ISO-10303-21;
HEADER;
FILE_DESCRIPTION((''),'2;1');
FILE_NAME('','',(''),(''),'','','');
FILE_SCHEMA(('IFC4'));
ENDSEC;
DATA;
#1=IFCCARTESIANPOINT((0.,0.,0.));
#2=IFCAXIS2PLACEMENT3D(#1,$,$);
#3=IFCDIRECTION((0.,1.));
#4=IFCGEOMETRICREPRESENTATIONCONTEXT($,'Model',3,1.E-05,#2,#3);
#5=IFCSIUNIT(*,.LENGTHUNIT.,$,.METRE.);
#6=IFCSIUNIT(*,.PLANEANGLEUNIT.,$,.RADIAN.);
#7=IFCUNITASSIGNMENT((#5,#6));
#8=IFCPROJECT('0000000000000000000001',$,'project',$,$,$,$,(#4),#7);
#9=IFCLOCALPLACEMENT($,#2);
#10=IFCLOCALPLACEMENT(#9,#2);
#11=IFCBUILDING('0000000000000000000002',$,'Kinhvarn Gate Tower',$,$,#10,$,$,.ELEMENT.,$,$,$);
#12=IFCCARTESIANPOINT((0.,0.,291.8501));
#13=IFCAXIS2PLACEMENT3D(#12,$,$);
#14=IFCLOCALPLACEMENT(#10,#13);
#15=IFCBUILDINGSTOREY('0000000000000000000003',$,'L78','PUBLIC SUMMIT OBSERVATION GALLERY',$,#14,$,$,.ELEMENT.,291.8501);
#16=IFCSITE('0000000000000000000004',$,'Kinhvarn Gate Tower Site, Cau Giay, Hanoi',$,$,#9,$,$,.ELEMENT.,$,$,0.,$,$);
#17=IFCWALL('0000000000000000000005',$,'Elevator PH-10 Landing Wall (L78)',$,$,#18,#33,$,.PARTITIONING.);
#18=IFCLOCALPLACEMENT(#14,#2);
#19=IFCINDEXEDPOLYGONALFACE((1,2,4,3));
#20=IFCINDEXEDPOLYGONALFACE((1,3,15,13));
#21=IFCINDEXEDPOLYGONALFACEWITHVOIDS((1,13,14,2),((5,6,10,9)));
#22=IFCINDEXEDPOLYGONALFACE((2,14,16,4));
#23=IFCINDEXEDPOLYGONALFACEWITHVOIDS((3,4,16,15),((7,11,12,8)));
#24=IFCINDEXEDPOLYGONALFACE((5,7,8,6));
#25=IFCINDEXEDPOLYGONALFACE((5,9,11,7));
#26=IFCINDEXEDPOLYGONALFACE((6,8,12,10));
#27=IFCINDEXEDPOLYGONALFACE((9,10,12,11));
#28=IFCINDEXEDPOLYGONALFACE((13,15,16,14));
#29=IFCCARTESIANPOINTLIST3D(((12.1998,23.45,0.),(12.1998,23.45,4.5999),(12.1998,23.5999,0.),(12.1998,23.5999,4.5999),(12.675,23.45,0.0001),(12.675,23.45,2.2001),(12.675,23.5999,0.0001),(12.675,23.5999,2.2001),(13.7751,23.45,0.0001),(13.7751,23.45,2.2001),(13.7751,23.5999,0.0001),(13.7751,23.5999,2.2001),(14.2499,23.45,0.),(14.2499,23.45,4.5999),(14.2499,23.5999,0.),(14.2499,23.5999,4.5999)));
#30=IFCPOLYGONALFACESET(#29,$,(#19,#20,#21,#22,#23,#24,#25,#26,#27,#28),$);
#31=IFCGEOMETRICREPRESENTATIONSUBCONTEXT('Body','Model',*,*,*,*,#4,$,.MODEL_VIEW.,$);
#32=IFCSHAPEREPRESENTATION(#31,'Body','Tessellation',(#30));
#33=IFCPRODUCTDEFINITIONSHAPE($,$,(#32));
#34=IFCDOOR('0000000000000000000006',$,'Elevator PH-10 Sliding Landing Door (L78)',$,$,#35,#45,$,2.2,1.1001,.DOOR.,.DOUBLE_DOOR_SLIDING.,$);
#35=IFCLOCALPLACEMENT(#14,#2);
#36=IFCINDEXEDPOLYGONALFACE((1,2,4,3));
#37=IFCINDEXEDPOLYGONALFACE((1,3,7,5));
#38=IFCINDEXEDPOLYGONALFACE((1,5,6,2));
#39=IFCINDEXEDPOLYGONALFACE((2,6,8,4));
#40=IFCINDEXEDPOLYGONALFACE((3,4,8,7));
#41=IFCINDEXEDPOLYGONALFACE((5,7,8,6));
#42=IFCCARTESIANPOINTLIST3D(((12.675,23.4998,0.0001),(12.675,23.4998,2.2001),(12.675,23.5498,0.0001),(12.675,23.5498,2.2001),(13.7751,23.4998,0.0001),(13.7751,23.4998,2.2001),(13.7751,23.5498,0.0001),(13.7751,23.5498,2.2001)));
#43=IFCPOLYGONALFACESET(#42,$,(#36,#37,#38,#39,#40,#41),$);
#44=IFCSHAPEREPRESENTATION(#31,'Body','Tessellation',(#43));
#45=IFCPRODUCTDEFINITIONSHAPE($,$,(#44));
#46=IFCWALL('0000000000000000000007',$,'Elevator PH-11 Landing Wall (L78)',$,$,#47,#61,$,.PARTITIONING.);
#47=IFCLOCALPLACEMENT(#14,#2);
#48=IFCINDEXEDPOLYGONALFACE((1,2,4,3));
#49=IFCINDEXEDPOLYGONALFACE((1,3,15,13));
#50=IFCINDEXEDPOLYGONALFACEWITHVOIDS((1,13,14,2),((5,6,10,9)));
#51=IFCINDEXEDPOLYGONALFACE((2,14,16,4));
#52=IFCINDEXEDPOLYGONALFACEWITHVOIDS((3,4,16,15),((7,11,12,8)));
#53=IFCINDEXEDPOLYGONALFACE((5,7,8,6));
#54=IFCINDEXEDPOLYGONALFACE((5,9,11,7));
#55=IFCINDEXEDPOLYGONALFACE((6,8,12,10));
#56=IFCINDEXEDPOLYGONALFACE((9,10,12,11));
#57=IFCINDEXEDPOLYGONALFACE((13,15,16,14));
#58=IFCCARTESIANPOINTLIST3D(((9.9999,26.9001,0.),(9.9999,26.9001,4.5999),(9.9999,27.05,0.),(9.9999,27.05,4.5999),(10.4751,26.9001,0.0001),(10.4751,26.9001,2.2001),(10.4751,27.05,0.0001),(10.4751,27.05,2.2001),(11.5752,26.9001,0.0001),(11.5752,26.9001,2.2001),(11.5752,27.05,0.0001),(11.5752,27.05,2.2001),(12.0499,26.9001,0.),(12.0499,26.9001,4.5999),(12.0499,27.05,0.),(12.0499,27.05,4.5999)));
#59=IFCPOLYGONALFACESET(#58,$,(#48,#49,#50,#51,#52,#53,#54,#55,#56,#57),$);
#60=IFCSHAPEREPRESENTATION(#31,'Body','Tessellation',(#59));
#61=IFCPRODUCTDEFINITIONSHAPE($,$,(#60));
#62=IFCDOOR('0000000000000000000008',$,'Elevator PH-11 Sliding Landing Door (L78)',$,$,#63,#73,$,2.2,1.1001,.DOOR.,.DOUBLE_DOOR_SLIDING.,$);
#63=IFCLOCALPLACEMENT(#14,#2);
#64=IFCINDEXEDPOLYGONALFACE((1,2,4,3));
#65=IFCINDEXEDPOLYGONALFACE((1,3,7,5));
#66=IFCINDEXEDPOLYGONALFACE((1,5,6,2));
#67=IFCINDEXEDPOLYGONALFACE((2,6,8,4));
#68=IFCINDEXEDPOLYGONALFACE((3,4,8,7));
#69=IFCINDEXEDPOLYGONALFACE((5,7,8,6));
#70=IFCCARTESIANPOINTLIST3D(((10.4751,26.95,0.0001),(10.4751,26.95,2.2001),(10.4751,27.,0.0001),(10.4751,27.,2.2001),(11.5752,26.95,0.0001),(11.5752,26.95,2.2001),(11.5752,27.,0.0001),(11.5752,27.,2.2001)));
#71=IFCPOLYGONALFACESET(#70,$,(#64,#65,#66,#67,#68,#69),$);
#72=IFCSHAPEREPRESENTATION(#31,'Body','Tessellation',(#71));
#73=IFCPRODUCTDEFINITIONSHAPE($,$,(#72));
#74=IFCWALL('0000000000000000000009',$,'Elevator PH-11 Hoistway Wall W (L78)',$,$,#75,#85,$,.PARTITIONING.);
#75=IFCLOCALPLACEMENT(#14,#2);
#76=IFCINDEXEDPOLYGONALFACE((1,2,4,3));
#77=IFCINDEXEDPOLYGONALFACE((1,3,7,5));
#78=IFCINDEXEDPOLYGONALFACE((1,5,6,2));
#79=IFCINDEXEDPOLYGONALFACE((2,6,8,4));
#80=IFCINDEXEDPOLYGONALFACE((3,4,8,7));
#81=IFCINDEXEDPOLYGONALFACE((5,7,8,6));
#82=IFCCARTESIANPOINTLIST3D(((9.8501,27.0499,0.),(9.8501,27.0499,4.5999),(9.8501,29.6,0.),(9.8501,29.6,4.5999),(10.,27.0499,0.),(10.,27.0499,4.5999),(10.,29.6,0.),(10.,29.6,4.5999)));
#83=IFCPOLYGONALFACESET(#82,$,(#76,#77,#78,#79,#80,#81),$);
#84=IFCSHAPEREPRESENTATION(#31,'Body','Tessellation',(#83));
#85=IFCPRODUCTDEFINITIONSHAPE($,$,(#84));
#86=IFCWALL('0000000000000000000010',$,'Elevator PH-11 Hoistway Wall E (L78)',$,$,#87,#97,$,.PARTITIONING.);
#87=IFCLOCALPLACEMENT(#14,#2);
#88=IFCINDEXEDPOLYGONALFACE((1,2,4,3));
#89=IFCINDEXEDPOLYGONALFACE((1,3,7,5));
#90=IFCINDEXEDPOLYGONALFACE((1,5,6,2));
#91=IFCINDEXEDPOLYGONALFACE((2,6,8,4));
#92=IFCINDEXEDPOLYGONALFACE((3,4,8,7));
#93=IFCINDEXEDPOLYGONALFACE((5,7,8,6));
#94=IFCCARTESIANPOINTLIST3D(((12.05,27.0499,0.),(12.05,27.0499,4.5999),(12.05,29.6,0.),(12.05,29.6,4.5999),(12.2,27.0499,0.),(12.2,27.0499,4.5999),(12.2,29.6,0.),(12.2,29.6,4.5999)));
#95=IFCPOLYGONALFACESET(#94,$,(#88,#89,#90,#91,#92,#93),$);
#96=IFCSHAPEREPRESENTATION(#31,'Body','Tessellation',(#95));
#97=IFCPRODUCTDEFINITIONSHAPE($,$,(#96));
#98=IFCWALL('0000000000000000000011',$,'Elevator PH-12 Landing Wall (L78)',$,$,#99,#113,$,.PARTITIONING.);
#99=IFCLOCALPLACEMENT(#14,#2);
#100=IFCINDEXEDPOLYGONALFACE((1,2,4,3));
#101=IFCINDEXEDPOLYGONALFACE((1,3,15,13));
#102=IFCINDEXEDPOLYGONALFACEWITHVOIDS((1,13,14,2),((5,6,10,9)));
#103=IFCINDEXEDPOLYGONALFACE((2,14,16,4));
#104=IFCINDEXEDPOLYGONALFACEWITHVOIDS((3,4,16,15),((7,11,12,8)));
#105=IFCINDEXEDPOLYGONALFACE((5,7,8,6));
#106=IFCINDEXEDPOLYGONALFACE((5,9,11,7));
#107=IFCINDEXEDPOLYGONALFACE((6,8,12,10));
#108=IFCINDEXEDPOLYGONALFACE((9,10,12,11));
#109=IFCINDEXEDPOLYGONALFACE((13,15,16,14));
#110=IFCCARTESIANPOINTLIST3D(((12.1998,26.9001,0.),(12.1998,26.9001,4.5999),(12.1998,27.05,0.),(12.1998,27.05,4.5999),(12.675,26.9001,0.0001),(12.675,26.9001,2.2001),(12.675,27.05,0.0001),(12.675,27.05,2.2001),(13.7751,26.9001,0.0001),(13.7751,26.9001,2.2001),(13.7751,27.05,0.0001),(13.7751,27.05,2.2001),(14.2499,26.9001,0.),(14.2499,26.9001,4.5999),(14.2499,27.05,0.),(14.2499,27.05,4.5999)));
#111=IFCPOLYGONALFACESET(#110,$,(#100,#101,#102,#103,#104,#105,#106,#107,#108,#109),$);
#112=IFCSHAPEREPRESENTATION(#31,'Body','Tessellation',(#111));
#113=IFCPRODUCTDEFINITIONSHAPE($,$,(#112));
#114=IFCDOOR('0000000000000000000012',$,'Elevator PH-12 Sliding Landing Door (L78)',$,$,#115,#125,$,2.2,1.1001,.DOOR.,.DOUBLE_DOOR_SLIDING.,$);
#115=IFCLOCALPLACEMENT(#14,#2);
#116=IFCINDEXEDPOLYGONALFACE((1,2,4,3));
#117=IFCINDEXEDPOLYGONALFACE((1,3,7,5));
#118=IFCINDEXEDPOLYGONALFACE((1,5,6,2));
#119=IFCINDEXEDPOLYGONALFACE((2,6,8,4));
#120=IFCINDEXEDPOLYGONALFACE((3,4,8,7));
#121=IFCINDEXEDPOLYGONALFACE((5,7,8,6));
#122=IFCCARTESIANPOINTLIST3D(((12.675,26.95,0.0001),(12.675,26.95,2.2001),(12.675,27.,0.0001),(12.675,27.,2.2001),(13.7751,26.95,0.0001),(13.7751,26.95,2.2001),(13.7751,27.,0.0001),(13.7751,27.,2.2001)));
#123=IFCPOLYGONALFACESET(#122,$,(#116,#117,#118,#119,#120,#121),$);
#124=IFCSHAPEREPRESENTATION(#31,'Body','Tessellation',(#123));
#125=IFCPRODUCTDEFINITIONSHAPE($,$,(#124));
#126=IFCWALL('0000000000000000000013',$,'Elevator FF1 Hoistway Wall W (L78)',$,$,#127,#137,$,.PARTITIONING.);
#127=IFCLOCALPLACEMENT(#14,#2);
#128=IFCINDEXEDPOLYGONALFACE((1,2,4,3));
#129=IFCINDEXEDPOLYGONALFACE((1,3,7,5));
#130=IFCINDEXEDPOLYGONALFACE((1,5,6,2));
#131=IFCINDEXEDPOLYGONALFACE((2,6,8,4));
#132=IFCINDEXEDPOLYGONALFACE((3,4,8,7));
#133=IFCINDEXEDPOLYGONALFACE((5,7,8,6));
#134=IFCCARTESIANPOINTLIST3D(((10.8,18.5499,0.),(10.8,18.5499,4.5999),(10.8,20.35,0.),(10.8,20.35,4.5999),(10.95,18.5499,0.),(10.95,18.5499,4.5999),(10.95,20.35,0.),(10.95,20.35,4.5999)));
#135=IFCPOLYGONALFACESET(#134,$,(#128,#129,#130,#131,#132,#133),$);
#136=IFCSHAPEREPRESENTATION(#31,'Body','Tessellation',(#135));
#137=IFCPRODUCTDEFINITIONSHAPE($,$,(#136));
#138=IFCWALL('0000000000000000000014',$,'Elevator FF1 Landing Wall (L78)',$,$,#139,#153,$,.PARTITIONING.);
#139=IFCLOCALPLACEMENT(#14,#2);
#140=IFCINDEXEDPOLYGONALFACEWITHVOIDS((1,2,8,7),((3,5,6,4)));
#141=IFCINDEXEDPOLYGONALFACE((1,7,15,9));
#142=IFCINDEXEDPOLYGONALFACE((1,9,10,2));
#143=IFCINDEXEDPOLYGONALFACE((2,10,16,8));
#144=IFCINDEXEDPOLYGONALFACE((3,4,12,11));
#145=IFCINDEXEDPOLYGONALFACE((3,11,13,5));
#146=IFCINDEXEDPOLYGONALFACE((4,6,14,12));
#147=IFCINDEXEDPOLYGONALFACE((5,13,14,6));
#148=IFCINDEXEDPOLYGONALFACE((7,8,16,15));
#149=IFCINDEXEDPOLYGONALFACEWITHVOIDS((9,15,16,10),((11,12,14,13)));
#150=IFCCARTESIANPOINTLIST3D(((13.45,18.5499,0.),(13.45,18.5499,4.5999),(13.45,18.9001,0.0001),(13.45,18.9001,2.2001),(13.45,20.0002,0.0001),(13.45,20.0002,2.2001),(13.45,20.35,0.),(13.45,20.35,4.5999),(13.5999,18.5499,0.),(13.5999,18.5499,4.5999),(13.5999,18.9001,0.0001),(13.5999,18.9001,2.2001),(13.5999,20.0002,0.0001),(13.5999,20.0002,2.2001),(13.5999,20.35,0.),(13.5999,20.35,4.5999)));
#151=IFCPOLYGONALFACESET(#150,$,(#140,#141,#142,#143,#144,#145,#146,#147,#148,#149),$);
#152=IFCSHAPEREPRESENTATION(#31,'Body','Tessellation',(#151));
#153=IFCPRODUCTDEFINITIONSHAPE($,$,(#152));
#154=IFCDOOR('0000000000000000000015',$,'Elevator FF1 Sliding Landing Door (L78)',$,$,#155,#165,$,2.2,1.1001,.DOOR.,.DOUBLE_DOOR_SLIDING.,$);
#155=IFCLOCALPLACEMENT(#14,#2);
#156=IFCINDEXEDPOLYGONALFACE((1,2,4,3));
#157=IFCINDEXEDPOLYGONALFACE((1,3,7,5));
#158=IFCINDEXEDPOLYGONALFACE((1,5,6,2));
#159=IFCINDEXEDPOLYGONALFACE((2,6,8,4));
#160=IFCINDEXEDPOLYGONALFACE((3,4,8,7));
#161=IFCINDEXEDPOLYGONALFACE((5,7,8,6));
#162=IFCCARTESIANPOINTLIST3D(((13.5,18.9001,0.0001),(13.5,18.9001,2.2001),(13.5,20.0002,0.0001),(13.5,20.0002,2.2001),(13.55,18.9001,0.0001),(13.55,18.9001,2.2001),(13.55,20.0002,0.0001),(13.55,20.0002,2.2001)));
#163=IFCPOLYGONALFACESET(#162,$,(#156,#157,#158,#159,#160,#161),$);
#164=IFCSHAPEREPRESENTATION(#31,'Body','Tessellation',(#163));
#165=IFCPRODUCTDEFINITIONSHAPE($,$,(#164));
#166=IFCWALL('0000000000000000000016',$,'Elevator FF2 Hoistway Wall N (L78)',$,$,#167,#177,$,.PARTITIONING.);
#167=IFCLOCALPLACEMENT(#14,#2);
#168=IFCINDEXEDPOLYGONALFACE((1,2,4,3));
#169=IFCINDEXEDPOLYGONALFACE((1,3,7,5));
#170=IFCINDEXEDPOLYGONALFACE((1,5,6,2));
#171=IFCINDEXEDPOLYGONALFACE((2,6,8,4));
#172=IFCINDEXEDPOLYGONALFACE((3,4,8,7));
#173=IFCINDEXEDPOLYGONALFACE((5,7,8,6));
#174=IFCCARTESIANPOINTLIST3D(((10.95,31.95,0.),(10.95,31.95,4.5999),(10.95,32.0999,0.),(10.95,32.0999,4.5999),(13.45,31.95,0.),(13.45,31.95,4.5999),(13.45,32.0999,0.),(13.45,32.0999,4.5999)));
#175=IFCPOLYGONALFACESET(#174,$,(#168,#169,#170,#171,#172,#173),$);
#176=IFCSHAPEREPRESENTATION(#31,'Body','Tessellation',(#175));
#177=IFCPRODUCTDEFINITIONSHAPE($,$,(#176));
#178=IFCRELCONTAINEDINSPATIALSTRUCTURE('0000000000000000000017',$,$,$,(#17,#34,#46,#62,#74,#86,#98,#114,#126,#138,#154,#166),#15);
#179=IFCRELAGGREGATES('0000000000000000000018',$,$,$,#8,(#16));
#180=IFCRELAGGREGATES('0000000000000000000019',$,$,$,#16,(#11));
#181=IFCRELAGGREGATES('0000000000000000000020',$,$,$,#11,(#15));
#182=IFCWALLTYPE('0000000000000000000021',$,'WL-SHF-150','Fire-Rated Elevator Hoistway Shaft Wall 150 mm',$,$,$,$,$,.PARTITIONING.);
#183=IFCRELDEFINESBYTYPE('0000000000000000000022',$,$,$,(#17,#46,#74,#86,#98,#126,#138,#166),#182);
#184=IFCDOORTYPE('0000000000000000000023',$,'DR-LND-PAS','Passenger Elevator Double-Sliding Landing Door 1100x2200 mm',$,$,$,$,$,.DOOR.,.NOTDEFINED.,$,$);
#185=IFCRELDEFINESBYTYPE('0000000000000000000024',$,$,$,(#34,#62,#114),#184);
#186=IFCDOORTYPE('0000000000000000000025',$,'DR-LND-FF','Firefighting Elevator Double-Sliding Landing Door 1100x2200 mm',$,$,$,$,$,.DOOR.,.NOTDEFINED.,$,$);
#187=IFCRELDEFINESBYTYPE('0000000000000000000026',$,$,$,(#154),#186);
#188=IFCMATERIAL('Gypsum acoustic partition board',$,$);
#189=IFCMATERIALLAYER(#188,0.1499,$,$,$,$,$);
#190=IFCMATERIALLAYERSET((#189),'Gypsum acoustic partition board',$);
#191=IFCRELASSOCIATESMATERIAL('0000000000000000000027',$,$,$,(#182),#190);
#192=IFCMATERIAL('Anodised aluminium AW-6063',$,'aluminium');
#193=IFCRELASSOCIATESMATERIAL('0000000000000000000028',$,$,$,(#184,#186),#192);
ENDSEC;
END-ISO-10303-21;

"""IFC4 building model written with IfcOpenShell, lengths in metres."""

from ifc_helpers import new_model, si_unit, direction, frame, frame_2d, origin, place, context, subcontext, project, spatial, rectangle, extrude, material, layer, layer_set, type_object, element, fill, save


model = new_model("IFC4")

# Units and contexts
model_context = context("Model", 3, precision=1e-05, world=origin(), true_north=direction((0.0, 1.0)))
body_context = subcontext(model_context, "Body", "Model", "MODEL_VIEW")
ifc_project = project(units=[si_unit("LENGTHUNIT", "METRE"), si_unit("PLANEANGLEUNIT", "RADIAN")], contexts=[model_context])

# Site, building, storey
site_placement = place(None, origin())
site = spatial("IfcSite", under=ifc_project, at=site_placement, Name="Kinhvarn Gate Tower Site, Cau Giay, Hanoi", CompositionType="ELEMENT", RefElevation=0.0)
building_placement = place(site_placement, origin())
building = spatial("IfcBuilding", under=site, at=building_placement, Name="Kinhvarn Gate Tower", CompositionType="ELEMENT")
storey_placement = place(building_placement, frame((0.0, 0.0, 291.8501)))
storey = spatial("IfcBuildingStorey", under=building, at=storey_placement, Name="L78", Description="PUBLIC SUMMIT OBSERVATION GALLERY", CompositionType="ELEMENT", Elevation=291.8501)

# Shared definitions
ifc_material_1 = material(Name="Gypsum acoustic partition board")

# Shared definitions
ifc_material_2 = material(Name="Anodised aluminium AW-6063", Category="aluminium")

# Shared definitions
ifc_layer_1 = layer(ifc_material_1, 0.1499)
ifc_layer_set_1 = layer_set([ifc_layer_1], Name="Gypsum acoustic partition board")
wall_type_1 = type_object("IfcWallType", Name="WL-SHF-150", Description="Fire-Rated Elevator Hoistway Shaft Wall 150 mm", PredefinedType="PARTITIONING", material=ifc_layer_set_1)
door_type_1 = type_object("IfcDoorType", Name="DR-LND-PAS", Description="Passenger Elevator Double-Sliding Landing Door 1100x2200 mm", OperationType="NOTDEFINED", PredefinedType="DOOR", material=ifc_material_2)

# Walls, openings, doors
wall_1_placement = place(storey_placement, frame((12.2, 23.5249, 0.0), z_axis=(0.0, 0.0, 1.0), x_axis=(1.0, 0.0, 0.0)))
wall_1 = element("IfcWall", 1, at=wall_1_placement, inside=storey, type_object=wall_type_1, Name="Elevator PH-10 Landing Wall (L78)", PredefinedType="PARTITIONING", context=body_context, shape_type="SweptSolid", body=[
    extrude(rectangle(XDim=2.05, YDim=0.1499, at=frame_2d((1.0249, 0.0))), origin(), (0.0, 0.0, 1.0), 4.5999),
])
opening_1_placement = place(wall_1_placement, frame((0.4751, 0.0, 0.0)))
opening_1 = element("IfcOpeningElement", 2, at=opening_1_placement, cuts=wall_1, PredefinedType="OPENING", context=body_context, shape_type="SweptSolid", body=[
    extrude(rectangle(XDim=1.1001, YDim=2.2, at=frame_2d((0.55, 1.1001))), frame((0.0, 0.085, 0.0), z_axis=(0.0, -1.0, 0.0), x_axis=(1.0, 0.0, 0.0)), (0.0, 0.0, 1.0), 0.1699),
])
door_1_placement = place(opening_1_placement, origin())
door_1 = element("IfcDoor", 3, at=door_1_placement, inside=storey, type_object=door_type_1, Name="Elevator PH-10 Sliding Landing Door (L78)", OperationType="DOUBLE_DOOR_SLIDING", OverallHeight=2.2, OverallWidth=1.1001, PredefinedType="DOOR", context=body_context, shape_type="SweptSolid", body=[
    extrude(rectangle(XDim=1.1001, YDim=2.2, at=frame_2d((0.55, 1.1001))), frame((0.0, 0.0249, 0.0), z_axis=(0.0, -1.0, 0.0), x_axis=(1.0, 0.0, 0.0)), (0.0, 0.0, 1.0), 0.05),
])
fill(opening_1, door_1)
wall_2_placement = place(storey_placement, frame((10.0, 26.9751, 0.0), z_axis=(0.0, 0.0, 1.0), x_axis=(1.0, 0.0, 0.0)))
wall_2 = element("IfcWall", 4, at=wall_2_placement, inside=storey, type_object=wall_type_1, Name="Elevator PH-11 Landing Wall (L78)", PredefinedType="PARTITIONING", context=body_context, shape_type="SweptSolid", body=[
    extrude(rectangle(XDim=2.05, YDim=0.1499, at=frame_2d((1.0249, 0.0))), origin(), (0.0, 0.0, 1.0), 4.5999),
])
opening_2_placement = place(wall_2_placement, frame((0.4751, 0.0, 0.0)))
opening_2 = element("IfcOpeningElement", 5, at=opening_2_placement, cuts=wall_2, PredefinedType="OPENING", context=body_context, shape_type="SweptSolid", body=[
    extrude(rectangle(XDim=1.1001, YDim=2.2, at=frame_2d((0.55, 1.1001))), frame((0.0, 0.085, 0.0), z_axis=(0.0, -1.0, 0.0), x_axis=(1.0, 0.0, 0.0)), (0.0, 0.0, 1.0), 0.1699),
])
door_2_placement = place(opening_2_placement, origin())
door_2 = element("IfcDoor", 6, at=door_2_placement, inside=storey, type_object=door_type_1, Name="Elevator PH-11 Sliding Landing Door (L78)", OperationType="DOUBLE_DOOR_SLIDING", OverallHeight=2.2, OverallWidth=1.1001, PredefinedType="DOOR", context=body_context, shape_type="SweptSolid", body=[
    extrude(rectangle(XDim=1.1001, YDim=2.2, at=frame_2d((0.55, 1.1001))), frame((0.0, 0.0249, 0.0), z_axis=(0.0, -1.0, 0.0), x_axis=(1.0, 0.0, 0.0)), (0.0, 0.0, 1.0), 0.05),
])
fill(opening_2, door_2)

# Walls
for number, where, z_axis, x_axis, name in (
    (7, (9.925, 27.05, 0.0), (0.0, 0.0, 1.0), (0.0, 1.0, 0.0), "Elevator PH-11 Hoistway Wall W (L78)"),
    (8, (12.125, 27.05, 0.0), (0.0, 0.0, 1.0), (0.0, 1.0, 0.0), "Elevator PH-11 Hoistway Wall E (L78)"),
):
    element("IfcWall", number, at=place(storey_placement, frame(where, z_axis=z_axis, x_axis=x_axis)), inside=storey, type_object=wall_type_1, Name=name, PredefinedType="PARTITIONING", context=body_context, shape_type="SweptSolid", body=[
        extrude(rectangle(XDim=2.55, YDim=0.1499, at=frame_2d((1.2749, 0.0))), origin(), (0.0, 0.0, 1.0), 4.5999),
    ])

# Wall, opening, door
wall_3_placement = place(storey_placement, frame((12.2, 26.9751, 0.0), z_axis=(0.0, 0.0, 1.0), x_axis=(1.0, 0.0, 0.0)))
wall_3 = element("IfcWall", 9, at=wall_3_placement, inside=storey, type_object=wall_type_1, Name="Elevator PH-12 Landing Wall (L78)", PredefinedType="PARTITIONING", context=body_context, shape_type="SweptSolid", body=[
    extrude(rectangle(XDim=2.05, YDim=0.1499, at=frame_2d((1.0249, 0.0))), origin(), (0.0, 0.0, 1.0), 4.5999),
])
opening_3_placement = place(wall_3_placement, frame((0.4751, 0.0, 0.0)))
opening_3 = element("IfcOpeningElement", 10, at=opening_3_placement, cuts=wall_3, PredefinedType="OPENING", context=body_context, shape_type="SweptSolid", body=[
    extrude(rectangle(XDim=1.1001, YDim=2.2, at=frame_2d((0.55, 1.1001))), frame((0.0, 0.085, 0.0), z_axis=(0.0, -1.0, 0.0), x_axis=(1.0, 0.0, 0.0)), (0.0, 0.0, 1.0), 0.1699),
])
door_3_placement = place(opening_3_placement, origin())
door_3 = element("IfcDoor", 11, at=door_3_placement, inside=storey, type_object=door_type_1, Name="Elevator PH-12 Sliding Landing Door (L78)", OperationType="DOUBLE_DOOR_SLIDING", OverallHeight=2.2, OverallWidth=1.1001, PredefinedType="DOOR", context=body_context, shape_type="SweptSolid", body=[
    extrude(rectangle(XDim=1.1001, YDim=2.2, at=frame_2d((0.55, 1.1001))), frame((0.0, 0.0249, 0.0), z_axis=(0.0, -1.0, 0.0), x_axis=(1.0, 0.0, 0.0)), (0.0, 0.0, 1.0), 0.05),
])
fill(opening_3, door_3)

# Wall
wall_4_placement = place(storey_placement, frame((10.875, 18.55, 0.0), z_axis=(0.0, 0.0, 1.0), x_axis=(0.0, 1.0, 0.0)))
element("IfcWall", 12, at=wall_4_placement, inside=storey, type_object=wall_type_1, Name="Elevator FF1 Hoistway Wall W (L78)", PredefinedType="PARTITIONING", context=body_context, shape_type="SweptSolid", body=[
    extrude(rectangle(XDim=1.8, YDim=0.1499, at=frame_2d((0.8999, 0.0))), origin(), (0.0, 0.0, 1.0), 4.5999),
])

# Wall, opening, door
wall_5_placement = place(storey_placement, frame((13.5249, 18.55, 0.0), z_axis=(0.0, 0.0, 1.0), x_axis=(0.0, 1.0, 0.0)))
wall_5 = element("IfcWall", 13, at=wall_5_placement, inside=storey, type_object=wall_type_1, Name="Elevator FF1 Landing Wall (L78)", PredefinedType="PARTITIONING", context=body_context, shape_type="SweptSolid", body=[
    extrude(rectangle(XDim=1.8, YDim=0.1499, at=frame_2d((0.8999, 0.0))), origin(), (0.0, 0.0, 1.0), 4.5999),
])
opening_4_placement = place(wall_5_placement, frame((0.3501, 0.0, 0.0)))
opening_4 = element("IfcOpeningElement", 14, at=opening_4_placement, cuts=wall_5, PredefinedType="OPENING", context=body_context, shape_type="SweptSolid", body=[
    extrude(rectangle(XDim=1.1001, YDim=2.2, at=frame_2d((0.55, 1.1001))), frame((0.0, 0.085, 0.0), z_axis=(0.0, -1.0, 0.0), x_axis=(1.0, 0.0, 0.0)), (0.0, 0.0, 1.0), 0.1699),
])
door_type_2 = type_object("IfcDoorType", Name="DR-LND-FF", Description="Firefighting Elevator Double-Sliding Landing Door 1100x2200 mm", OperationType="NOTDEFINED", PredefinedType="DOOR", material=ifc_material_2)
door_4_placement = place(opening_4_placement, origin())
door_4 = element("IfcDoor", 15, at=door_4_placement, inside=storey, type_object=door_type_2, Name="Elevator FF1 Sliding Landing Door (L78)", OperationType="DOUBLE_DOOR_SLIDING", OverallHeight=2.2, OverallWidth=1.1001, PredefinedType="DOOR", context=body_context, shape_type="SweptSolid", body=[
    extrude(rectangle(XDim=1.1001, YDim=2.2, at=frame_2d((0.55, 1.1001))), frame((0.0, 0.0249, 0.0), z_axis=(0.0, -1.0, 0.0), x_axis=(1.0, 0.0, 0.0)), (0.0, 0.0, 1.0), 0.05),
])
fill(opening_4, door_4)

# Wall
wall_6_placement = place(storey_placement, frame((10.95, 32.0249, 0.0), z_axis=(0.0, 0.0, 1.0), x_axis=(1.0, 0.0, 0.0)))
element("IfcWall", 16, at=wall_6_placement, inside=storey, type_object=wall_type_1, Name="Elevator FF2 Hoistway Wall N (L78)", PredefinedType="PARTITIONING", context=body_context, shape_type="SweptSolid", body=[
    extrude(rectangle(XDim=2.5, YDim=0.1499, at=frame_2d((1.25, 0.0))), origin(), (0.0, 0.0, 1.0), 4.5999),
])

save(model, "model.ifc")
